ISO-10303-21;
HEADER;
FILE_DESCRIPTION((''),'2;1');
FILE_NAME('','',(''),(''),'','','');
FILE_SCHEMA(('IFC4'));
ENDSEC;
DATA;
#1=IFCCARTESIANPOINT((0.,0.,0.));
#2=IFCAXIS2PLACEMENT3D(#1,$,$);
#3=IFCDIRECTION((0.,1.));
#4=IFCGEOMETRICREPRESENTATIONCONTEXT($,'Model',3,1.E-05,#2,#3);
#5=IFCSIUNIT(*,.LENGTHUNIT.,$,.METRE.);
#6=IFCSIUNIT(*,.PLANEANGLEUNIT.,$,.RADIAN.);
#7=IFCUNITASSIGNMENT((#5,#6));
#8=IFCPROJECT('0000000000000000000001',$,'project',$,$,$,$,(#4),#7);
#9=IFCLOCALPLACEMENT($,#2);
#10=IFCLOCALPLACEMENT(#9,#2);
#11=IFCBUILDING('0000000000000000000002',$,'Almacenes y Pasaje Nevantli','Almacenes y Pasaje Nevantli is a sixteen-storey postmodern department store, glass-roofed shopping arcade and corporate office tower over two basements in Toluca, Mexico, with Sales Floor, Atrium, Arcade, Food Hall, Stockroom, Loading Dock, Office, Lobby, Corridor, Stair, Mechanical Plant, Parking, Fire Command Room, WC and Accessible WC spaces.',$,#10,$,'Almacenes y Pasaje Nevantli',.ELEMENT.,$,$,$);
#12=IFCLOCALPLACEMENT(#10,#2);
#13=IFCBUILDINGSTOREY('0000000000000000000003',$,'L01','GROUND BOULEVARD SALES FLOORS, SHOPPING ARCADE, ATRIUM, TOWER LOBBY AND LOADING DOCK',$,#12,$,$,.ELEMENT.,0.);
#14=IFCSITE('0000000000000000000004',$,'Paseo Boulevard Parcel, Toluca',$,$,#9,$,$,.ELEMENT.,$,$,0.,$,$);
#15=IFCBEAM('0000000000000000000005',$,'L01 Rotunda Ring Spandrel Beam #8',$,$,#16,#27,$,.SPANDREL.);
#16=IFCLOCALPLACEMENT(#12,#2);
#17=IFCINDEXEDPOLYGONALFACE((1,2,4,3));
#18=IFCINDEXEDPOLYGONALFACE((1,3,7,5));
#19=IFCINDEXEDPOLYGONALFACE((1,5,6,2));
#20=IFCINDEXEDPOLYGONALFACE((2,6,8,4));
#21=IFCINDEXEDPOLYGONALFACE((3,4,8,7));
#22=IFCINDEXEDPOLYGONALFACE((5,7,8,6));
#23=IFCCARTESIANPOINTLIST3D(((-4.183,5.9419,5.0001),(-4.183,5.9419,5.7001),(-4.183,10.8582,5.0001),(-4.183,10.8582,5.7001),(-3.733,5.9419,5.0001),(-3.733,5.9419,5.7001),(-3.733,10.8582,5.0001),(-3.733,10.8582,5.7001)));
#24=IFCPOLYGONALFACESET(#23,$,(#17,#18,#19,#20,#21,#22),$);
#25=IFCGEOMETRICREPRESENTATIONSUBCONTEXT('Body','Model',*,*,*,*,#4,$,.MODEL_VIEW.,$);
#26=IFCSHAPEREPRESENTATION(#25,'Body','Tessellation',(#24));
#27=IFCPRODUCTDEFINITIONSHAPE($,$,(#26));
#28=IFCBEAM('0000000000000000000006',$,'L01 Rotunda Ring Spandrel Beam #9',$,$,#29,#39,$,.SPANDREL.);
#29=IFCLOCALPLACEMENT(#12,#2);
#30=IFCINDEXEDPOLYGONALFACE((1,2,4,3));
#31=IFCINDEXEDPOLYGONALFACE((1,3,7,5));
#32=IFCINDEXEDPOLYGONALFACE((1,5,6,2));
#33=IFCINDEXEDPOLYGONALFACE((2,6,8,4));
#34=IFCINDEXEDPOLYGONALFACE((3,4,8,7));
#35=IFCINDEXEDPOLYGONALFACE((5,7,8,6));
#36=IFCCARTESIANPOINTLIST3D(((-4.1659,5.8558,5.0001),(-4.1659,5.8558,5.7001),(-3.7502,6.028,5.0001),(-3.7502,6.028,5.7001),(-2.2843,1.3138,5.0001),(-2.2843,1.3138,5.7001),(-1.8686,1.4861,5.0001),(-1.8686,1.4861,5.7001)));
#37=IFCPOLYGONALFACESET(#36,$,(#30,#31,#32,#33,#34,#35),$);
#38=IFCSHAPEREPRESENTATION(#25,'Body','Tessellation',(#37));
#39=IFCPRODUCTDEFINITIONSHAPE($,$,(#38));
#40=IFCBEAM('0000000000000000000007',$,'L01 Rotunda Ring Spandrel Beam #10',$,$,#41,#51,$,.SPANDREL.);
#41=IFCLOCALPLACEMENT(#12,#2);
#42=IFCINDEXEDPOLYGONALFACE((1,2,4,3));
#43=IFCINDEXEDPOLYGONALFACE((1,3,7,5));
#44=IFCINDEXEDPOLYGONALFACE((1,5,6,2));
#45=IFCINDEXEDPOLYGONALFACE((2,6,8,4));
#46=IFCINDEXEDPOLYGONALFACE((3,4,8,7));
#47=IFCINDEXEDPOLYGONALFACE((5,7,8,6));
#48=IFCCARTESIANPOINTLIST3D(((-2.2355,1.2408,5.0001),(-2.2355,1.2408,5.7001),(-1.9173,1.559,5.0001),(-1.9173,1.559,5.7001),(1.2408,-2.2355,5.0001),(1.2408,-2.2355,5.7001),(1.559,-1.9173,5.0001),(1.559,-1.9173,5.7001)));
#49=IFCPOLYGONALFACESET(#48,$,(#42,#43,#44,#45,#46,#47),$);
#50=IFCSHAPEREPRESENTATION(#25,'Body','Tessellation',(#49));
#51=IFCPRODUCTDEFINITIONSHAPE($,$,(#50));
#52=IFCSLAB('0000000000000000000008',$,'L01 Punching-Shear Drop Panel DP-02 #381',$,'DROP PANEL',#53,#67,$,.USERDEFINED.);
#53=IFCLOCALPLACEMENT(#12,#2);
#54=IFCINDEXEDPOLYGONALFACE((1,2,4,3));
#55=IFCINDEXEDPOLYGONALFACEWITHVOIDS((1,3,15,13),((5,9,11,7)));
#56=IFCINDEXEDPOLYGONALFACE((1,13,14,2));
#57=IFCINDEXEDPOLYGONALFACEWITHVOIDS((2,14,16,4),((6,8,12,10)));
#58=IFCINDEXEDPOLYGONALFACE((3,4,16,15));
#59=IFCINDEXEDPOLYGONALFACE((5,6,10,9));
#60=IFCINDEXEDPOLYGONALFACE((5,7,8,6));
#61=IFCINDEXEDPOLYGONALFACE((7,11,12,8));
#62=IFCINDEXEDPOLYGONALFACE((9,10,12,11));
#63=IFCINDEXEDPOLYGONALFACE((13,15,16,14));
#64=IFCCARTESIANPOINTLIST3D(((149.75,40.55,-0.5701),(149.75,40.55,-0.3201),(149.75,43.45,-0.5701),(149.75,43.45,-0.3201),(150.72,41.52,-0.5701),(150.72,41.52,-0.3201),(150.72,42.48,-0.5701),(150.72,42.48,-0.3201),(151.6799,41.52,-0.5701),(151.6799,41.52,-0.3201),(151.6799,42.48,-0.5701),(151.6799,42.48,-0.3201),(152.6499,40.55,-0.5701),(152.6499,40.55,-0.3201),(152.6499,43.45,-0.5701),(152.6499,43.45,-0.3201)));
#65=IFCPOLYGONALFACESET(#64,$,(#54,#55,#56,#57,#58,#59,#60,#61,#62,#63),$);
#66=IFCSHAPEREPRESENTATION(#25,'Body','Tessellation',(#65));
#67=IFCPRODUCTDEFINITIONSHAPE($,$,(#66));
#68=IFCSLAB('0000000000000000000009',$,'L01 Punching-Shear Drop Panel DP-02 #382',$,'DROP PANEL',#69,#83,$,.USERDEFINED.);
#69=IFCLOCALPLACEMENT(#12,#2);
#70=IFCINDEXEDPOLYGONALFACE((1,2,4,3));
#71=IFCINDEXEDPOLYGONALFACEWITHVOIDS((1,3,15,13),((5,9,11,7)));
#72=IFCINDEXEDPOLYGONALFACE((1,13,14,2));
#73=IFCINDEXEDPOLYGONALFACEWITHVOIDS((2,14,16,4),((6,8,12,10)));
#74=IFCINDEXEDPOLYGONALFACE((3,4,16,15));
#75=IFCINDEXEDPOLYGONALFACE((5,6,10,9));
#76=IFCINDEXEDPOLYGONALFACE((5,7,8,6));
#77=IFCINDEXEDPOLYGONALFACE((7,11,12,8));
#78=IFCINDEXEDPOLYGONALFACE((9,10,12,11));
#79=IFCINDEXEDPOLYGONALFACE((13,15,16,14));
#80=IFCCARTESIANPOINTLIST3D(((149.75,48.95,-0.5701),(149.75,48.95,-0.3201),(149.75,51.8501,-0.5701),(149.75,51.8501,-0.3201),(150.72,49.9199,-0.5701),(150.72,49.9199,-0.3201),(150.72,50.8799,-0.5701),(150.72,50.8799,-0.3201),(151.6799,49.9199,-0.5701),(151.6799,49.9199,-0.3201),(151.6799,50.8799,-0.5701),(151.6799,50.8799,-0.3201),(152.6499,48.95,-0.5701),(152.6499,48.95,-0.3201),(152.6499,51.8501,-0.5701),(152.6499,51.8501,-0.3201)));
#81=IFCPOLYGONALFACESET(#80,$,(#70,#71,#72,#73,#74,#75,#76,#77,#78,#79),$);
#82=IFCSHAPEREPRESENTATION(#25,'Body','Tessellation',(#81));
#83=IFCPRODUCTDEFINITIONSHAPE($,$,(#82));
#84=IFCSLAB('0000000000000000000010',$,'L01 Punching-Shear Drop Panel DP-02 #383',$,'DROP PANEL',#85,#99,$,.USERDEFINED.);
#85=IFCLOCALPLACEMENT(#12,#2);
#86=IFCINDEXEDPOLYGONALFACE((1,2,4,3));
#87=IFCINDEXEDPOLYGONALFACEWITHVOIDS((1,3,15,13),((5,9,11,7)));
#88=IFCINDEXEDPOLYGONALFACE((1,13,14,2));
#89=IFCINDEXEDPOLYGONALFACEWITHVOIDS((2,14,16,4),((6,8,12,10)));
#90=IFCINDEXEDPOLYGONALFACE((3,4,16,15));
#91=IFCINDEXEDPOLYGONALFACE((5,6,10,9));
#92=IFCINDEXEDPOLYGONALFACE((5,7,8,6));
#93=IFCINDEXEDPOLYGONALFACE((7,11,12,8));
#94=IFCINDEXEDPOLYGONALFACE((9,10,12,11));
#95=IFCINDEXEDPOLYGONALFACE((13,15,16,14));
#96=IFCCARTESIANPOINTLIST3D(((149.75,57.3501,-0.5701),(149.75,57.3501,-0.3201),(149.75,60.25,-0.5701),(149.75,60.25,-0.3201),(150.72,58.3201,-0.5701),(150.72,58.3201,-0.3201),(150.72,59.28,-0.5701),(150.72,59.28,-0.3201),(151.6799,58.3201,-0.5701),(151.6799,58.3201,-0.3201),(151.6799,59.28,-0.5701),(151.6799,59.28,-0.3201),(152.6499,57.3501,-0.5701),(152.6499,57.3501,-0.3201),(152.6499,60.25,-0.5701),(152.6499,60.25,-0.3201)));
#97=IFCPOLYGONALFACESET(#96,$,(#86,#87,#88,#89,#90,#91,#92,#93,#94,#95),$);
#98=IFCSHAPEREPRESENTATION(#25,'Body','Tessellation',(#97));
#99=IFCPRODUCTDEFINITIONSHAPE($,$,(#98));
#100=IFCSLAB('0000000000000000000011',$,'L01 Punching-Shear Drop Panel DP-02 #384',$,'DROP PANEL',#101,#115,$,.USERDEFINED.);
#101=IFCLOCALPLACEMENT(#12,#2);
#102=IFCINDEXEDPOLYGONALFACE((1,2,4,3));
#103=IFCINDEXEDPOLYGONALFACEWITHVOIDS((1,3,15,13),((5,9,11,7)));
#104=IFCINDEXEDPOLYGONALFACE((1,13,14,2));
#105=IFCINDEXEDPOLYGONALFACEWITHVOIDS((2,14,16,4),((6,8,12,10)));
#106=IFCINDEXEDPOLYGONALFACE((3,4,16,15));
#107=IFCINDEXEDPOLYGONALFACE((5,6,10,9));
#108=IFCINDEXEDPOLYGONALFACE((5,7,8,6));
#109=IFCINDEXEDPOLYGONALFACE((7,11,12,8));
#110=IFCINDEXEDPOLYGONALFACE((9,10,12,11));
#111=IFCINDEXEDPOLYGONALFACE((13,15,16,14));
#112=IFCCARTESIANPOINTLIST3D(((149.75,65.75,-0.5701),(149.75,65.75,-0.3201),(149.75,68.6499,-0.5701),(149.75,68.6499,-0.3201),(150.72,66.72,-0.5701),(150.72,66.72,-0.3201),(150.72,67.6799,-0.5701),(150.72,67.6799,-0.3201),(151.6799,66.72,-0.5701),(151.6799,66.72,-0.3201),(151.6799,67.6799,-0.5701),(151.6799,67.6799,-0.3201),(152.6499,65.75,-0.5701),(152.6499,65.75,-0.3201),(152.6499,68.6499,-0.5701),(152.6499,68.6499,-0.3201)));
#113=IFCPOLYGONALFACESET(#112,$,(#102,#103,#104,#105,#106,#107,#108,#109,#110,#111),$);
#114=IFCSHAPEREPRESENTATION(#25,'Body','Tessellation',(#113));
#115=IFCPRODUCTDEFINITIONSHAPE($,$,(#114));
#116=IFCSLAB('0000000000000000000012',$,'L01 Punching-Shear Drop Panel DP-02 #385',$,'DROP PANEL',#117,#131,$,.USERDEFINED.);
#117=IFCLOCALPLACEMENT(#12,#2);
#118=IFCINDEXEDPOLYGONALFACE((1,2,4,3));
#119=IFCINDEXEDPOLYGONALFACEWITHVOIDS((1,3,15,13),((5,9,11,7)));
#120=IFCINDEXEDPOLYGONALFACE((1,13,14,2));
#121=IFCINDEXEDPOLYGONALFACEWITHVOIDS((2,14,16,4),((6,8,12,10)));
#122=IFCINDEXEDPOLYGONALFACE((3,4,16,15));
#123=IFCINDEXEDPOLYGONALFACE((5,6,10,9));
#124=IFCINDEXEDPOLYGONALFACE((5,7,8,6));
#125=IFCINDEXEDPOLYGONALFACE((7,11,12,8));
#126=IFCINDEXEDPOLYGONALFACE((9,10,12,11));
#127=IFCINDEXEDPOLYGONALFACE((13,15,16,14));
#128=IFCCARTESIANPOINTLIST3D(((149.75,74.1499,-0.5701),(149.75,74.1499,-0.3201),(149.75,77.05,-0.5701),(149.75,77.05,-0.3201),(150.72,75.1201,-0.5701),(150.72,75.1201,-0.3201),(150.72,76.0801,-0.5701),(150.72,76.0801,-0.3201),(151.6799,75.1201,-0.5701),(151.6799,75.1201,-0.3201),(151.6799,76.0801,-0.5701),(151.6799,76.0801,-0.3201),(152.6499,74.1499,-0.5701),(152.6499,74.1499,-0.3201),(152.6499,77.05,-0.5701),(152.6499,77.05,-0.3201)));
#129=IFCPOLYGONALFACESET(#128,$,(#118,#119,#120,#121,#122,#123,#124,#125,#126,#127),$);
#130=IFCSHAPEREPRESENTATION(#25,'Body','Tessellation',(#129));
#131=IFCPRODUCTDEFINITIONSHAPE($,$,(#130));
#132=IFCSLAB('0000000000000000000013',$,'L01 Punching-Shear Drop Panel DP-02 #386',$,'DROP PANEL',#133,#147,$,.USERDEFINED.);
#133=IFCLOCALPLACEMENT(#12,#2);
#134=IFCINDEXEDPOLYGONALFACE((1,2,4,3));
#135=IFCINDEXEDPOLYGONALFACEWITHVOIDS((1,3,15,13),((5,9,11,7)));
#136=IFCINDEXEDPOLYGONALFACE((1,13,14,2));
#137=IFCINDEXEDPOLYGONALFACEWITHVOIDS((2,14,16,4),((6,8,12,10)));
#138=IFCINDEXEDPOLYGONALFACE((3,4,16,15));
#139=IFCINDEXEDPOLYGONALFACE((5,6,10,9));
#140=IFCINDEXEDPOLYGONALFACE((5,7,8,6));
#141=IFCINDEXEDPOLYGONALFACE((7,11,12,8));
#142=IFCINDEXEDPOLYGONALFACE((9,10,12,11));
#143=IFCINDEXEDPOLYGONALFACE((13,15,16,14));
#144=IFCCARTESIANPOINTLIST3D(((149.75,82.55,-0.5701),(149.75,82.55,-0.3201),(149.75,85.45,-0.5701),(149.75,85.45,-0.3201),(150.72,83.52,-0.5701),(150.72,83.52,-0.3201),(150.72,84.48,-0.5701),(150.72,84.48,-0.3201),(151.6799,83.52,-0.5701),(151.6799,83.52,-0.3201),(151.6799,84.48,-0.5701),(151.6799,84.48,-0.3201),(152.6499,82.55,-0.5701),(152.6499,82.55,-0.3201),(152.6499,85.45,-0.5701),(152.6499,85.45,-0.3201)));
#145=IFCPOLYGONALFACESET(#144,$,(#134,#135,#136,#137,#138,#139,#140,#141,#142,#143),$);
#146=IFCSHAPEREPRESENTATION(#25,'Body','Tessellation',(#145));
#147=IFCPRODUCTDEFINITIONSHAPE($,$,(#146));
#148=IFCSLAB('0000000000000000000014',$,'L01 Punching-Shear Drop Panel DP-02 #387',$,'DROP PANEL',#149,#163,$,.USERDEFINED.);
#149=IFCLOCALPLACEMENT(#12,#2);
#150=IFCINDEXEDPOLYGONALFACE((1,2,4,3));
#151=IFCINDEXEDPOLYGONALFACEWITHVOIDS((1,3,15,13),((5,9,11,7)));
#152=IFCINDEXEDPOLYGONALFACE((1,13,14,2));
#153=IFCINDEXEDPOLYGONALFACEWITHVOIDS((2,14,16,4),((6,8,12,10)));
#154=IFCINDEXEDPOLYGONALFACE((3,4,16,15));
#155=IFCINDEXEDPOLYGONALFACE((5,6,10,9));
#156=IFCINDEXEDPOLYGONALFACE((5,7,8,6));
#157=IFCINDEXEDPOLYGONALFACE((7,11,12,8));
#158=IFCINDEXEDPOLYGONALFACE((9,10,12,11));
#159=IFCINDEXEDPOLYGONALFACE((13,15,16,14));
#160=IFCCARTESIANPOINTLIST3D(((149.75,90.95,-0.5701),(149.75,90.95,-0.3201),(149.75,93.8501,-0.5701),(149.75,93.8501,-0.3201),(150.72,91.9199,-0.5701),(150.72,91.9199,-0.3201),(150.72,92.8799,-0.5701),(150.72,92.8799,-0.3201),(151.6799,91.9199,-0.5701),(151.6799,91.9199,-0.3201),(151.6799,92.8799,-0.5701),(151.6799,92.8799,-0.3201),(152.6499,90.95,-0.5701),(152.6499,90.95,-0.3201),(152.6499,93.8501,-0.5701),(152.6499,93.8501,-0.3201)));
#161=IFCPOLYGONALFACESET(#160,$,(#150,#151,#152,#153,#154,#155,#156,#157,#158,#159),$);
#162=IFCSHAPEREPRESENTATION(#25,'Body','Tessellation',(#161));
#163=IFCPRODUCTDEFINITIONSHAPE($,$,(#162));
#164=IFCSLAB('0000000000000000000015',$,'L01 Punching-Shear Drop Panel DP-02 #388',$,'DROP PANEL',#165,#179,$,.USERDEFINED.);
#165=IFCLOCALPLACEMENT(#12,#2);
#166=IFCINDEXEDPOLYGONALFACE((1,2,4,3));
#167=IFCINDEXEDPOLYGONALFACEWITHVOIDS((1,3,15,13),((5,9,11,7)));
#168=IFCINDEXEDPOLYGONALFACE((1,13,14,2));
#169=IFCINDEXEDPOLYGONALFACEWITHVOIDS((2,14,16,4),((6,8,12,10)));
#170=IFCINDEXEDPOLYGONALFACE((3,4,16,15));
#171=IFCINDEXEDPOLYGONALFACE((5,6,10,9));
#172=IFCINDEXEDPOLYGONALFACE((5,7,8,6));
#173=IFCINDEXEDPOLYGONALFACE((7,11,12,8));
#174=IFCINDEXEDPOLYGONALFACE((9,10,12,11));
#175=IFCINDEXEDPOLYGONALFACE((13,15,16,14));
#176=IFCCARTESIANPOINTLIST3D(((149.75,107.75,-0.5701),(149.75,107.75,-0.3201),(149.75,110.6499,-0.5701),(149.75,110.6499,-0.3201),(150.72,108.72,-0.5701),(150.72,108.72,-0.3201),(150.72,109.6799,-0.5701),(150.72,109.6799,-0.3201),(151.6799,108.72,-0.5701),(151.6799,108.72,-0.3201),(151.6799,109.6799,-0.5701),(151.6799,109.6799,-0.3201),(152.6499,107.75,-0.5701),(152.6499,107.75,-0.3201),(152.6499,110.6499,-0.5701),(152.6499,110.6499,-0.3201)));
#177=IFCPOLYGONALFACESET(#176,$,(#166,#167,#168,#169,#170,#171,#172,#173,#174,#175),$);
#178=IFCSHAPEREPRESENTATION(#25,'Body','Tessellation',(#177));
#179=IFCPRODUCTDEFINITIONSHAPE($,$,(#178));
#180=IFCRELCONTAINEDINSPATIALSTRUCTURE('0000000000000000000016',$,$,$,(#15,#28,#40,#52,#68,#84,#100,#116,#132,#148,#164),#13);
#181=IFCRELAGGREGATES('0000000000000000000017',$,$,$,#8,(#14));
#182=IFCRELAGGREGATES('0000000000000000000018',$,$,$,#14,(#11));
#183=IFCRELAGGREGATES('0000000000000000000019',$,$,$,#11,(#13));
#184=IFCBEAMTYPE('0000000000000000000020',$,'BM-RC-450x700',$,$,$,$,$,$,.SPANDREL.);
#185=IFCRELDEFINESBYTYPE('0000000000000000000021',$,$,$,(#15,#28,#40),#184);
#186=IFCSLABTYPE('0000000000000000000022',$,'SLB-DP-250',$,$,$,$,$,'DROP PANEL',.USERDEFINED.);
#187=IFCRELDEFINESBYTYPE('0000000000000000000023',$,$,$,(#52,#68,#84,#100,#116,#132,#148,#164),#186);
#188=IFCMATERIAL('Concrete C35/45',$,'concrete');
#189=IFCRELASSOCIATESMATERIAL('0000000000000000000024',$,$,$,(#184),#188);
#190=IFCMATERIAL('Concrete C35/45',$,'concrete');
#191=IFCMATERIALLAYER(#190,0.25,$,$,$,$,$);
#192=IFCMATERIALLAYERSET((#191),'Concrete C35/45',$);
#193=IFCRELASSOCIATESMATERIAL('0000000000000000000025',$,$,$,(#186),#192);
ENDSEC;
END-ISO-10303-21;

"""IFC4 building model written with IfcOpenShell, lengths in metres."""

from ifc_helpers import new_model, si_unit, direction, frame, origin, origin_2d, place, context, subcontext, project, spatial, polyline, rectangle, outline, extrude, material, layer, layer_set, material_profile, profile_set, type_object, element, save


model = new_model("IFC4")

# Units and contexts
model_context = context("Model", 3, precision=1e-05, world=origin(), true_north=direction((0.0, 1.0)))
body_context = subcontext(model_context, "Body", "Model", "MODEL_VIEW")
ifc_project = project(units=[si_unit("LENGTHUNIT", "METRE"), si_unit("PLANEANGLEUNIT", "RADIAN")], contexts=[model_context])

# Site, building, storey
site_placement = place(None, origin())
site = spatial("IfcSite", under=ifc_project, at=site_placement, Name="Paseo Boulevard Parcel, Toluca", CompositionType="ELEMENT", RefElevation=0.0)
building_placement = place(site_placement, origin())
building = spatial("IfcBuilding", under=site, at=building_placement, Name="Almacenes y Pasaje Nevantli", Description="Almacenes y Pasaje Nevantli is a sixteen-storey postmodern department store, glass-roofed shopping arcade and corporate office tower over two basements in Toluca, Mexico, with Sales Floor, Atrium, Arcade, Food Hall, Stockroom, Loading Dock, Office, Lobby, Corridor, Stair, Mechanical Plant, Parking, Fire Command Room, WC and Accessible WC spaces.", LongName="Almacenes y Pasaje Nevantli", CompositionType="ELEMENT")
storey_placement = place(building_placement, origin())
storey = spatial("IfcBuildingStorey", under=building, at=storey_placement, Name="L01", Description="GROUND BOULEVARD SALES FLOORS, SHOPPING ARCADE, ATRIUM, TOWER LOBBY AND LOADING DOCK", CompositionType="ELEMENT", Elevation=0.0)

# Beams
ifc_material_1 = material(Name="Concrete C35/45", Category="concrete")
ifc_material_profile_1 = material_profile(ifc_material_1, rectangle(XDim=0.45, YDim=0.7, at=origin_2d()), Name="RC-BM-450x700")
ifc_profile_set_1 = profile_set([ifc_material_profile_1], Name="Concrete C35/45")
beam_type = type_object("IfcBeamType", Name="BM-RC-450x700", PredefinedType="SPANDREL", material=ifc_profile_set_1)
for number, where, z_axis, x_axis, name in (
    (1, (-3.958, 10.8582, 5.3501), (0.0, -1.0, 0.0), (1.0, 0.0, 0.0), "L01 Rotunda Ring Spandrel Beam #8"),
    (2, (-3.958, 5.9419, 5.3501), (0.382725, -0.923862, 0.0), (0.923862, 0.382725, 0.0), "L01 Rotunda Ring Spandrel Beam #9"),
    (3, (-2.0764, 1.3999, 5.3501), (0.707107, -0.707107, 0.0), (0.707107, 0.707107, 0.0), "L01 Rotunda Ring Spandrel Beam #10"),
):
    element("IfcBeam", number, at=place(storey_placement, frame(where, z_axis=z_axis, x_axis=x_axis)), inside=storey, type_object=beam_type, Name=name, PredefinedType="SPANDREL", context=body_context, shape_type="SweptSolid", body=[
        extrude(rectangle(XDim=0.45, YDim=0.7, at=origin_2d()), origin(), (0.0, 0.0, 1.0), 4.9163),
    ])

# Slabs
ifc_material_2 = material(Name="Concrete C35/45", Category="concrete")
ifc_layer_1 = layer(ifc_material_2, 0.25)
ifc_layer_set_1 = layer_set([ifc_layer_1], Name="Concrete C35/45")
slab_type_1 = type_object("IfcSlabType", Name="SLB-DP-250", ElementType="DROP PANEL", PredefinedType="USERDEFINED", material=ifc_layer_set_1)
slab_1_placement = place(storey_placement, frame((0.0, 0.0, -0.5701)))
element("IfcSlab", 4, at=slab_1_placement, inside=storey, type_object=slab_type_1, Name="L01 Punching-Shear Drop Panel DP-02 #381", ObjectType="DROP PANEL", PredefinedType="USERDEFINED", context=body_context, shape_type="SweptSolid", body=[
    extrude(outline(polyline([(149.75, 40.55), (152.6499, 40.55), (152.6499, 43.45), (149.75, 43.45), (149.75, 40.55)]), holes=[polyline([(150.72, 41.52), (151.6799, 41.52), (151.6799, 42.48), (150.72, 42.48), (150.72, 41.52)])]), origin(), (0.0, 0.0, 1.0), 0.25),
])
slab_2_placement = place(storey_placement, frame((0.0, 0.0, -0.5701)))
element("IfcSlab", 5, at=slab_2_placement, inside=storey, type_object=slab_type_1, Name="L01 Punching-Shear Drop Panel DP-02 #382", ObjectType="DROP PANEL", PredefinedType="USERDEFINED", context=body_context, shape_type="SweptSolid", body=[
    extrude(outline(polyline([(149.75, 48.95), (152.6499, 48.95), (152.6499, 51.8501), (149.75, 51.8501), (149.75, 48.95)]), holes=[polyline([(150.72, 49.9199), (151.6799, 49.9199), (151.6799, 50.8799), (150.72, 50.8799), (150.72, 49.9199)])]), origin(), (0.0, 0.0, 1.0), 0.25),
])
slab_3_placement = place(storey_placement, frame((0.0, 0.0, -0.5701)))
element("IfcSlab", 6, at=slab_3_placement, inside=storey, type_object=slab_type_1, Name="L01 Punching-Shear Drop Panel DP-02 #383", ObjectType="DROP PANEL", PredefinedType="USERDEFINED", context=body_context, shape_type="SweptSolid", body=[
    extrude(outline(polyline([(149.75, 57.3501), (152.6499, 57.3501), (152.6499, 60.25), (149.75, 60.25), (149.75, 57.3501)]), holes=[polyline([(150.72, 58.3201), (151.6799, 58.3201), (151.6799, 59.28), (150.72, 59.28), (150.72, 58.3201)])]), origin(), (0.0, 0.0, 1.0), 0.25),
])
slab_4_placement = place(storey_placement, frame((0.0, 0.0, -0.5701)))
element("IfcSlab", 7, at=slab_4_placement, inside=storey, type_object=slab_type_1, Name="L01 Punching-Shear Drop Panel DP-02 #384", ObjectType="DROP PANEL", PredefinedType="USERDEFINED", context=body_context, shape_type="SweptSolid", body=[
    extrude(outline(polyline([(149.75, 65.75), (152.6499, 65.75), (152.6499, 68.6499), (149.75, 68.6499), (149.75, 65.75)]), holes=[polyline([(150.72, 66.72), (151.6799, 66.72), (151.6799, 67.6799), (150.72, 67.6799), (150.72, 66.72)])]), origin(), (0.0, 0.0, 1.0), 0.25),
])
slab_5_placement = place(storey_placement, frame((0.0, 0.0, -0.5701)))
element("IfcSlab", 8, at=slab_5_placement, inside=storey, type_object=slab_type_1, Name="L01 Punching-Shear Drop Panel DP-02 #385", ObjectType="DROP PANEL", PredefinedType="USERDEFINED", context=body_context, shape_type="SweptSolid", body=[
    extrude(outline(polyline([(149.75, 74.1499), (152.6499, 74.1499), (152.6499, 77.05), (149.75, 77.05), (149.75, 74.1499)]), holes=[polyline([(150.72, 75.1201), (151.6799, 75.1201), (151.6799, 76.0801), (150.72, 76.0801), (150.72, 75.1201)])]), origin(), (0.0, 0.0, 1.0), 0.25),
])
slab_6_placement = place(storey_placement, frame((0.0, 0.0, -0.5701)))
element("IfcSlab", 9, at=slab_6_placement, inside=storey, type_object=slab_type_1, Name="L01 Punching-Shear Drop Panel DP-02 #386", ObjectType="DROP PANEL", PredefinedType="USERDEFINED", context=body_context, shape_type="SweptSolid", body=[
    extrude(outline(polyline([(149.75, 82.55), (152.6499, 82.55), (152.6499, 85.45), (149.75, 85.45), (149.75, 82.55)]), holes=[polyline([(150.72, 83.52), (151.6799, 83.52), (151.6799, 84.48), (150.72, 84.48), (150.72, 83.52)])]), origin(), (0.0, 0.0, 1.0), 0.25),
])
slab_7_placement = place(storey_placement, frame((0.0, 0.0, -0.5701)))
element("IfcSlab", 10, at=slab_7_placement, inside=storey, type_object=slab_type_1, Name="L01 Punching-Shear Drop Panel DP-02 #387", ObjectType="DROP PANEL", PredefinedType="USERDEFINED", context=body_context, shape_type="SweptSolid", body=[
    extrude(outline(polyline([(149.75, 90.95), (152.6499, 90.95), (152.6499, 93.8501), (149.75, 93.8501), (149.75, 90.95)]), holes=[polyline([(150.72, 91.9199), (151.6799, 91.9199), (151.6799, 92.8799), (150.72, 92.8799), (150.72, 91.9199)])]), origin(), (0.0, 0.0, 1.0), 0.25),
])
slab_8_placement = place(storey_placement, frame((0.0, 0.0, -0.5701)))
element("IfcSlab", 11, at=slab_8_placement, inside=storey, type_object=slab_type_1, Name="L01 Punching-Shear Drop Panel DP-02 #388", ObjectType="DROP PANEL", PredefinedType="USERDEFINED", context=body_context, shape_type="SweptSolid", body=[
    extrude(outline(polyline([(149.75, 107.75), (152.6499, 107.75), (152.6499, 110.6499), (149.75, 110.6499), (149.75, 107.75)]), holes=[polyline([(150.72, 108.72), (151.6799, 108.72), (151.6799, 109.6799), (150.72, 109.6799), (150.72, 108.72)])]), origin(), (0.0, 0.0, 1.0), 0.25),
])

save(model, "model.ifc")
